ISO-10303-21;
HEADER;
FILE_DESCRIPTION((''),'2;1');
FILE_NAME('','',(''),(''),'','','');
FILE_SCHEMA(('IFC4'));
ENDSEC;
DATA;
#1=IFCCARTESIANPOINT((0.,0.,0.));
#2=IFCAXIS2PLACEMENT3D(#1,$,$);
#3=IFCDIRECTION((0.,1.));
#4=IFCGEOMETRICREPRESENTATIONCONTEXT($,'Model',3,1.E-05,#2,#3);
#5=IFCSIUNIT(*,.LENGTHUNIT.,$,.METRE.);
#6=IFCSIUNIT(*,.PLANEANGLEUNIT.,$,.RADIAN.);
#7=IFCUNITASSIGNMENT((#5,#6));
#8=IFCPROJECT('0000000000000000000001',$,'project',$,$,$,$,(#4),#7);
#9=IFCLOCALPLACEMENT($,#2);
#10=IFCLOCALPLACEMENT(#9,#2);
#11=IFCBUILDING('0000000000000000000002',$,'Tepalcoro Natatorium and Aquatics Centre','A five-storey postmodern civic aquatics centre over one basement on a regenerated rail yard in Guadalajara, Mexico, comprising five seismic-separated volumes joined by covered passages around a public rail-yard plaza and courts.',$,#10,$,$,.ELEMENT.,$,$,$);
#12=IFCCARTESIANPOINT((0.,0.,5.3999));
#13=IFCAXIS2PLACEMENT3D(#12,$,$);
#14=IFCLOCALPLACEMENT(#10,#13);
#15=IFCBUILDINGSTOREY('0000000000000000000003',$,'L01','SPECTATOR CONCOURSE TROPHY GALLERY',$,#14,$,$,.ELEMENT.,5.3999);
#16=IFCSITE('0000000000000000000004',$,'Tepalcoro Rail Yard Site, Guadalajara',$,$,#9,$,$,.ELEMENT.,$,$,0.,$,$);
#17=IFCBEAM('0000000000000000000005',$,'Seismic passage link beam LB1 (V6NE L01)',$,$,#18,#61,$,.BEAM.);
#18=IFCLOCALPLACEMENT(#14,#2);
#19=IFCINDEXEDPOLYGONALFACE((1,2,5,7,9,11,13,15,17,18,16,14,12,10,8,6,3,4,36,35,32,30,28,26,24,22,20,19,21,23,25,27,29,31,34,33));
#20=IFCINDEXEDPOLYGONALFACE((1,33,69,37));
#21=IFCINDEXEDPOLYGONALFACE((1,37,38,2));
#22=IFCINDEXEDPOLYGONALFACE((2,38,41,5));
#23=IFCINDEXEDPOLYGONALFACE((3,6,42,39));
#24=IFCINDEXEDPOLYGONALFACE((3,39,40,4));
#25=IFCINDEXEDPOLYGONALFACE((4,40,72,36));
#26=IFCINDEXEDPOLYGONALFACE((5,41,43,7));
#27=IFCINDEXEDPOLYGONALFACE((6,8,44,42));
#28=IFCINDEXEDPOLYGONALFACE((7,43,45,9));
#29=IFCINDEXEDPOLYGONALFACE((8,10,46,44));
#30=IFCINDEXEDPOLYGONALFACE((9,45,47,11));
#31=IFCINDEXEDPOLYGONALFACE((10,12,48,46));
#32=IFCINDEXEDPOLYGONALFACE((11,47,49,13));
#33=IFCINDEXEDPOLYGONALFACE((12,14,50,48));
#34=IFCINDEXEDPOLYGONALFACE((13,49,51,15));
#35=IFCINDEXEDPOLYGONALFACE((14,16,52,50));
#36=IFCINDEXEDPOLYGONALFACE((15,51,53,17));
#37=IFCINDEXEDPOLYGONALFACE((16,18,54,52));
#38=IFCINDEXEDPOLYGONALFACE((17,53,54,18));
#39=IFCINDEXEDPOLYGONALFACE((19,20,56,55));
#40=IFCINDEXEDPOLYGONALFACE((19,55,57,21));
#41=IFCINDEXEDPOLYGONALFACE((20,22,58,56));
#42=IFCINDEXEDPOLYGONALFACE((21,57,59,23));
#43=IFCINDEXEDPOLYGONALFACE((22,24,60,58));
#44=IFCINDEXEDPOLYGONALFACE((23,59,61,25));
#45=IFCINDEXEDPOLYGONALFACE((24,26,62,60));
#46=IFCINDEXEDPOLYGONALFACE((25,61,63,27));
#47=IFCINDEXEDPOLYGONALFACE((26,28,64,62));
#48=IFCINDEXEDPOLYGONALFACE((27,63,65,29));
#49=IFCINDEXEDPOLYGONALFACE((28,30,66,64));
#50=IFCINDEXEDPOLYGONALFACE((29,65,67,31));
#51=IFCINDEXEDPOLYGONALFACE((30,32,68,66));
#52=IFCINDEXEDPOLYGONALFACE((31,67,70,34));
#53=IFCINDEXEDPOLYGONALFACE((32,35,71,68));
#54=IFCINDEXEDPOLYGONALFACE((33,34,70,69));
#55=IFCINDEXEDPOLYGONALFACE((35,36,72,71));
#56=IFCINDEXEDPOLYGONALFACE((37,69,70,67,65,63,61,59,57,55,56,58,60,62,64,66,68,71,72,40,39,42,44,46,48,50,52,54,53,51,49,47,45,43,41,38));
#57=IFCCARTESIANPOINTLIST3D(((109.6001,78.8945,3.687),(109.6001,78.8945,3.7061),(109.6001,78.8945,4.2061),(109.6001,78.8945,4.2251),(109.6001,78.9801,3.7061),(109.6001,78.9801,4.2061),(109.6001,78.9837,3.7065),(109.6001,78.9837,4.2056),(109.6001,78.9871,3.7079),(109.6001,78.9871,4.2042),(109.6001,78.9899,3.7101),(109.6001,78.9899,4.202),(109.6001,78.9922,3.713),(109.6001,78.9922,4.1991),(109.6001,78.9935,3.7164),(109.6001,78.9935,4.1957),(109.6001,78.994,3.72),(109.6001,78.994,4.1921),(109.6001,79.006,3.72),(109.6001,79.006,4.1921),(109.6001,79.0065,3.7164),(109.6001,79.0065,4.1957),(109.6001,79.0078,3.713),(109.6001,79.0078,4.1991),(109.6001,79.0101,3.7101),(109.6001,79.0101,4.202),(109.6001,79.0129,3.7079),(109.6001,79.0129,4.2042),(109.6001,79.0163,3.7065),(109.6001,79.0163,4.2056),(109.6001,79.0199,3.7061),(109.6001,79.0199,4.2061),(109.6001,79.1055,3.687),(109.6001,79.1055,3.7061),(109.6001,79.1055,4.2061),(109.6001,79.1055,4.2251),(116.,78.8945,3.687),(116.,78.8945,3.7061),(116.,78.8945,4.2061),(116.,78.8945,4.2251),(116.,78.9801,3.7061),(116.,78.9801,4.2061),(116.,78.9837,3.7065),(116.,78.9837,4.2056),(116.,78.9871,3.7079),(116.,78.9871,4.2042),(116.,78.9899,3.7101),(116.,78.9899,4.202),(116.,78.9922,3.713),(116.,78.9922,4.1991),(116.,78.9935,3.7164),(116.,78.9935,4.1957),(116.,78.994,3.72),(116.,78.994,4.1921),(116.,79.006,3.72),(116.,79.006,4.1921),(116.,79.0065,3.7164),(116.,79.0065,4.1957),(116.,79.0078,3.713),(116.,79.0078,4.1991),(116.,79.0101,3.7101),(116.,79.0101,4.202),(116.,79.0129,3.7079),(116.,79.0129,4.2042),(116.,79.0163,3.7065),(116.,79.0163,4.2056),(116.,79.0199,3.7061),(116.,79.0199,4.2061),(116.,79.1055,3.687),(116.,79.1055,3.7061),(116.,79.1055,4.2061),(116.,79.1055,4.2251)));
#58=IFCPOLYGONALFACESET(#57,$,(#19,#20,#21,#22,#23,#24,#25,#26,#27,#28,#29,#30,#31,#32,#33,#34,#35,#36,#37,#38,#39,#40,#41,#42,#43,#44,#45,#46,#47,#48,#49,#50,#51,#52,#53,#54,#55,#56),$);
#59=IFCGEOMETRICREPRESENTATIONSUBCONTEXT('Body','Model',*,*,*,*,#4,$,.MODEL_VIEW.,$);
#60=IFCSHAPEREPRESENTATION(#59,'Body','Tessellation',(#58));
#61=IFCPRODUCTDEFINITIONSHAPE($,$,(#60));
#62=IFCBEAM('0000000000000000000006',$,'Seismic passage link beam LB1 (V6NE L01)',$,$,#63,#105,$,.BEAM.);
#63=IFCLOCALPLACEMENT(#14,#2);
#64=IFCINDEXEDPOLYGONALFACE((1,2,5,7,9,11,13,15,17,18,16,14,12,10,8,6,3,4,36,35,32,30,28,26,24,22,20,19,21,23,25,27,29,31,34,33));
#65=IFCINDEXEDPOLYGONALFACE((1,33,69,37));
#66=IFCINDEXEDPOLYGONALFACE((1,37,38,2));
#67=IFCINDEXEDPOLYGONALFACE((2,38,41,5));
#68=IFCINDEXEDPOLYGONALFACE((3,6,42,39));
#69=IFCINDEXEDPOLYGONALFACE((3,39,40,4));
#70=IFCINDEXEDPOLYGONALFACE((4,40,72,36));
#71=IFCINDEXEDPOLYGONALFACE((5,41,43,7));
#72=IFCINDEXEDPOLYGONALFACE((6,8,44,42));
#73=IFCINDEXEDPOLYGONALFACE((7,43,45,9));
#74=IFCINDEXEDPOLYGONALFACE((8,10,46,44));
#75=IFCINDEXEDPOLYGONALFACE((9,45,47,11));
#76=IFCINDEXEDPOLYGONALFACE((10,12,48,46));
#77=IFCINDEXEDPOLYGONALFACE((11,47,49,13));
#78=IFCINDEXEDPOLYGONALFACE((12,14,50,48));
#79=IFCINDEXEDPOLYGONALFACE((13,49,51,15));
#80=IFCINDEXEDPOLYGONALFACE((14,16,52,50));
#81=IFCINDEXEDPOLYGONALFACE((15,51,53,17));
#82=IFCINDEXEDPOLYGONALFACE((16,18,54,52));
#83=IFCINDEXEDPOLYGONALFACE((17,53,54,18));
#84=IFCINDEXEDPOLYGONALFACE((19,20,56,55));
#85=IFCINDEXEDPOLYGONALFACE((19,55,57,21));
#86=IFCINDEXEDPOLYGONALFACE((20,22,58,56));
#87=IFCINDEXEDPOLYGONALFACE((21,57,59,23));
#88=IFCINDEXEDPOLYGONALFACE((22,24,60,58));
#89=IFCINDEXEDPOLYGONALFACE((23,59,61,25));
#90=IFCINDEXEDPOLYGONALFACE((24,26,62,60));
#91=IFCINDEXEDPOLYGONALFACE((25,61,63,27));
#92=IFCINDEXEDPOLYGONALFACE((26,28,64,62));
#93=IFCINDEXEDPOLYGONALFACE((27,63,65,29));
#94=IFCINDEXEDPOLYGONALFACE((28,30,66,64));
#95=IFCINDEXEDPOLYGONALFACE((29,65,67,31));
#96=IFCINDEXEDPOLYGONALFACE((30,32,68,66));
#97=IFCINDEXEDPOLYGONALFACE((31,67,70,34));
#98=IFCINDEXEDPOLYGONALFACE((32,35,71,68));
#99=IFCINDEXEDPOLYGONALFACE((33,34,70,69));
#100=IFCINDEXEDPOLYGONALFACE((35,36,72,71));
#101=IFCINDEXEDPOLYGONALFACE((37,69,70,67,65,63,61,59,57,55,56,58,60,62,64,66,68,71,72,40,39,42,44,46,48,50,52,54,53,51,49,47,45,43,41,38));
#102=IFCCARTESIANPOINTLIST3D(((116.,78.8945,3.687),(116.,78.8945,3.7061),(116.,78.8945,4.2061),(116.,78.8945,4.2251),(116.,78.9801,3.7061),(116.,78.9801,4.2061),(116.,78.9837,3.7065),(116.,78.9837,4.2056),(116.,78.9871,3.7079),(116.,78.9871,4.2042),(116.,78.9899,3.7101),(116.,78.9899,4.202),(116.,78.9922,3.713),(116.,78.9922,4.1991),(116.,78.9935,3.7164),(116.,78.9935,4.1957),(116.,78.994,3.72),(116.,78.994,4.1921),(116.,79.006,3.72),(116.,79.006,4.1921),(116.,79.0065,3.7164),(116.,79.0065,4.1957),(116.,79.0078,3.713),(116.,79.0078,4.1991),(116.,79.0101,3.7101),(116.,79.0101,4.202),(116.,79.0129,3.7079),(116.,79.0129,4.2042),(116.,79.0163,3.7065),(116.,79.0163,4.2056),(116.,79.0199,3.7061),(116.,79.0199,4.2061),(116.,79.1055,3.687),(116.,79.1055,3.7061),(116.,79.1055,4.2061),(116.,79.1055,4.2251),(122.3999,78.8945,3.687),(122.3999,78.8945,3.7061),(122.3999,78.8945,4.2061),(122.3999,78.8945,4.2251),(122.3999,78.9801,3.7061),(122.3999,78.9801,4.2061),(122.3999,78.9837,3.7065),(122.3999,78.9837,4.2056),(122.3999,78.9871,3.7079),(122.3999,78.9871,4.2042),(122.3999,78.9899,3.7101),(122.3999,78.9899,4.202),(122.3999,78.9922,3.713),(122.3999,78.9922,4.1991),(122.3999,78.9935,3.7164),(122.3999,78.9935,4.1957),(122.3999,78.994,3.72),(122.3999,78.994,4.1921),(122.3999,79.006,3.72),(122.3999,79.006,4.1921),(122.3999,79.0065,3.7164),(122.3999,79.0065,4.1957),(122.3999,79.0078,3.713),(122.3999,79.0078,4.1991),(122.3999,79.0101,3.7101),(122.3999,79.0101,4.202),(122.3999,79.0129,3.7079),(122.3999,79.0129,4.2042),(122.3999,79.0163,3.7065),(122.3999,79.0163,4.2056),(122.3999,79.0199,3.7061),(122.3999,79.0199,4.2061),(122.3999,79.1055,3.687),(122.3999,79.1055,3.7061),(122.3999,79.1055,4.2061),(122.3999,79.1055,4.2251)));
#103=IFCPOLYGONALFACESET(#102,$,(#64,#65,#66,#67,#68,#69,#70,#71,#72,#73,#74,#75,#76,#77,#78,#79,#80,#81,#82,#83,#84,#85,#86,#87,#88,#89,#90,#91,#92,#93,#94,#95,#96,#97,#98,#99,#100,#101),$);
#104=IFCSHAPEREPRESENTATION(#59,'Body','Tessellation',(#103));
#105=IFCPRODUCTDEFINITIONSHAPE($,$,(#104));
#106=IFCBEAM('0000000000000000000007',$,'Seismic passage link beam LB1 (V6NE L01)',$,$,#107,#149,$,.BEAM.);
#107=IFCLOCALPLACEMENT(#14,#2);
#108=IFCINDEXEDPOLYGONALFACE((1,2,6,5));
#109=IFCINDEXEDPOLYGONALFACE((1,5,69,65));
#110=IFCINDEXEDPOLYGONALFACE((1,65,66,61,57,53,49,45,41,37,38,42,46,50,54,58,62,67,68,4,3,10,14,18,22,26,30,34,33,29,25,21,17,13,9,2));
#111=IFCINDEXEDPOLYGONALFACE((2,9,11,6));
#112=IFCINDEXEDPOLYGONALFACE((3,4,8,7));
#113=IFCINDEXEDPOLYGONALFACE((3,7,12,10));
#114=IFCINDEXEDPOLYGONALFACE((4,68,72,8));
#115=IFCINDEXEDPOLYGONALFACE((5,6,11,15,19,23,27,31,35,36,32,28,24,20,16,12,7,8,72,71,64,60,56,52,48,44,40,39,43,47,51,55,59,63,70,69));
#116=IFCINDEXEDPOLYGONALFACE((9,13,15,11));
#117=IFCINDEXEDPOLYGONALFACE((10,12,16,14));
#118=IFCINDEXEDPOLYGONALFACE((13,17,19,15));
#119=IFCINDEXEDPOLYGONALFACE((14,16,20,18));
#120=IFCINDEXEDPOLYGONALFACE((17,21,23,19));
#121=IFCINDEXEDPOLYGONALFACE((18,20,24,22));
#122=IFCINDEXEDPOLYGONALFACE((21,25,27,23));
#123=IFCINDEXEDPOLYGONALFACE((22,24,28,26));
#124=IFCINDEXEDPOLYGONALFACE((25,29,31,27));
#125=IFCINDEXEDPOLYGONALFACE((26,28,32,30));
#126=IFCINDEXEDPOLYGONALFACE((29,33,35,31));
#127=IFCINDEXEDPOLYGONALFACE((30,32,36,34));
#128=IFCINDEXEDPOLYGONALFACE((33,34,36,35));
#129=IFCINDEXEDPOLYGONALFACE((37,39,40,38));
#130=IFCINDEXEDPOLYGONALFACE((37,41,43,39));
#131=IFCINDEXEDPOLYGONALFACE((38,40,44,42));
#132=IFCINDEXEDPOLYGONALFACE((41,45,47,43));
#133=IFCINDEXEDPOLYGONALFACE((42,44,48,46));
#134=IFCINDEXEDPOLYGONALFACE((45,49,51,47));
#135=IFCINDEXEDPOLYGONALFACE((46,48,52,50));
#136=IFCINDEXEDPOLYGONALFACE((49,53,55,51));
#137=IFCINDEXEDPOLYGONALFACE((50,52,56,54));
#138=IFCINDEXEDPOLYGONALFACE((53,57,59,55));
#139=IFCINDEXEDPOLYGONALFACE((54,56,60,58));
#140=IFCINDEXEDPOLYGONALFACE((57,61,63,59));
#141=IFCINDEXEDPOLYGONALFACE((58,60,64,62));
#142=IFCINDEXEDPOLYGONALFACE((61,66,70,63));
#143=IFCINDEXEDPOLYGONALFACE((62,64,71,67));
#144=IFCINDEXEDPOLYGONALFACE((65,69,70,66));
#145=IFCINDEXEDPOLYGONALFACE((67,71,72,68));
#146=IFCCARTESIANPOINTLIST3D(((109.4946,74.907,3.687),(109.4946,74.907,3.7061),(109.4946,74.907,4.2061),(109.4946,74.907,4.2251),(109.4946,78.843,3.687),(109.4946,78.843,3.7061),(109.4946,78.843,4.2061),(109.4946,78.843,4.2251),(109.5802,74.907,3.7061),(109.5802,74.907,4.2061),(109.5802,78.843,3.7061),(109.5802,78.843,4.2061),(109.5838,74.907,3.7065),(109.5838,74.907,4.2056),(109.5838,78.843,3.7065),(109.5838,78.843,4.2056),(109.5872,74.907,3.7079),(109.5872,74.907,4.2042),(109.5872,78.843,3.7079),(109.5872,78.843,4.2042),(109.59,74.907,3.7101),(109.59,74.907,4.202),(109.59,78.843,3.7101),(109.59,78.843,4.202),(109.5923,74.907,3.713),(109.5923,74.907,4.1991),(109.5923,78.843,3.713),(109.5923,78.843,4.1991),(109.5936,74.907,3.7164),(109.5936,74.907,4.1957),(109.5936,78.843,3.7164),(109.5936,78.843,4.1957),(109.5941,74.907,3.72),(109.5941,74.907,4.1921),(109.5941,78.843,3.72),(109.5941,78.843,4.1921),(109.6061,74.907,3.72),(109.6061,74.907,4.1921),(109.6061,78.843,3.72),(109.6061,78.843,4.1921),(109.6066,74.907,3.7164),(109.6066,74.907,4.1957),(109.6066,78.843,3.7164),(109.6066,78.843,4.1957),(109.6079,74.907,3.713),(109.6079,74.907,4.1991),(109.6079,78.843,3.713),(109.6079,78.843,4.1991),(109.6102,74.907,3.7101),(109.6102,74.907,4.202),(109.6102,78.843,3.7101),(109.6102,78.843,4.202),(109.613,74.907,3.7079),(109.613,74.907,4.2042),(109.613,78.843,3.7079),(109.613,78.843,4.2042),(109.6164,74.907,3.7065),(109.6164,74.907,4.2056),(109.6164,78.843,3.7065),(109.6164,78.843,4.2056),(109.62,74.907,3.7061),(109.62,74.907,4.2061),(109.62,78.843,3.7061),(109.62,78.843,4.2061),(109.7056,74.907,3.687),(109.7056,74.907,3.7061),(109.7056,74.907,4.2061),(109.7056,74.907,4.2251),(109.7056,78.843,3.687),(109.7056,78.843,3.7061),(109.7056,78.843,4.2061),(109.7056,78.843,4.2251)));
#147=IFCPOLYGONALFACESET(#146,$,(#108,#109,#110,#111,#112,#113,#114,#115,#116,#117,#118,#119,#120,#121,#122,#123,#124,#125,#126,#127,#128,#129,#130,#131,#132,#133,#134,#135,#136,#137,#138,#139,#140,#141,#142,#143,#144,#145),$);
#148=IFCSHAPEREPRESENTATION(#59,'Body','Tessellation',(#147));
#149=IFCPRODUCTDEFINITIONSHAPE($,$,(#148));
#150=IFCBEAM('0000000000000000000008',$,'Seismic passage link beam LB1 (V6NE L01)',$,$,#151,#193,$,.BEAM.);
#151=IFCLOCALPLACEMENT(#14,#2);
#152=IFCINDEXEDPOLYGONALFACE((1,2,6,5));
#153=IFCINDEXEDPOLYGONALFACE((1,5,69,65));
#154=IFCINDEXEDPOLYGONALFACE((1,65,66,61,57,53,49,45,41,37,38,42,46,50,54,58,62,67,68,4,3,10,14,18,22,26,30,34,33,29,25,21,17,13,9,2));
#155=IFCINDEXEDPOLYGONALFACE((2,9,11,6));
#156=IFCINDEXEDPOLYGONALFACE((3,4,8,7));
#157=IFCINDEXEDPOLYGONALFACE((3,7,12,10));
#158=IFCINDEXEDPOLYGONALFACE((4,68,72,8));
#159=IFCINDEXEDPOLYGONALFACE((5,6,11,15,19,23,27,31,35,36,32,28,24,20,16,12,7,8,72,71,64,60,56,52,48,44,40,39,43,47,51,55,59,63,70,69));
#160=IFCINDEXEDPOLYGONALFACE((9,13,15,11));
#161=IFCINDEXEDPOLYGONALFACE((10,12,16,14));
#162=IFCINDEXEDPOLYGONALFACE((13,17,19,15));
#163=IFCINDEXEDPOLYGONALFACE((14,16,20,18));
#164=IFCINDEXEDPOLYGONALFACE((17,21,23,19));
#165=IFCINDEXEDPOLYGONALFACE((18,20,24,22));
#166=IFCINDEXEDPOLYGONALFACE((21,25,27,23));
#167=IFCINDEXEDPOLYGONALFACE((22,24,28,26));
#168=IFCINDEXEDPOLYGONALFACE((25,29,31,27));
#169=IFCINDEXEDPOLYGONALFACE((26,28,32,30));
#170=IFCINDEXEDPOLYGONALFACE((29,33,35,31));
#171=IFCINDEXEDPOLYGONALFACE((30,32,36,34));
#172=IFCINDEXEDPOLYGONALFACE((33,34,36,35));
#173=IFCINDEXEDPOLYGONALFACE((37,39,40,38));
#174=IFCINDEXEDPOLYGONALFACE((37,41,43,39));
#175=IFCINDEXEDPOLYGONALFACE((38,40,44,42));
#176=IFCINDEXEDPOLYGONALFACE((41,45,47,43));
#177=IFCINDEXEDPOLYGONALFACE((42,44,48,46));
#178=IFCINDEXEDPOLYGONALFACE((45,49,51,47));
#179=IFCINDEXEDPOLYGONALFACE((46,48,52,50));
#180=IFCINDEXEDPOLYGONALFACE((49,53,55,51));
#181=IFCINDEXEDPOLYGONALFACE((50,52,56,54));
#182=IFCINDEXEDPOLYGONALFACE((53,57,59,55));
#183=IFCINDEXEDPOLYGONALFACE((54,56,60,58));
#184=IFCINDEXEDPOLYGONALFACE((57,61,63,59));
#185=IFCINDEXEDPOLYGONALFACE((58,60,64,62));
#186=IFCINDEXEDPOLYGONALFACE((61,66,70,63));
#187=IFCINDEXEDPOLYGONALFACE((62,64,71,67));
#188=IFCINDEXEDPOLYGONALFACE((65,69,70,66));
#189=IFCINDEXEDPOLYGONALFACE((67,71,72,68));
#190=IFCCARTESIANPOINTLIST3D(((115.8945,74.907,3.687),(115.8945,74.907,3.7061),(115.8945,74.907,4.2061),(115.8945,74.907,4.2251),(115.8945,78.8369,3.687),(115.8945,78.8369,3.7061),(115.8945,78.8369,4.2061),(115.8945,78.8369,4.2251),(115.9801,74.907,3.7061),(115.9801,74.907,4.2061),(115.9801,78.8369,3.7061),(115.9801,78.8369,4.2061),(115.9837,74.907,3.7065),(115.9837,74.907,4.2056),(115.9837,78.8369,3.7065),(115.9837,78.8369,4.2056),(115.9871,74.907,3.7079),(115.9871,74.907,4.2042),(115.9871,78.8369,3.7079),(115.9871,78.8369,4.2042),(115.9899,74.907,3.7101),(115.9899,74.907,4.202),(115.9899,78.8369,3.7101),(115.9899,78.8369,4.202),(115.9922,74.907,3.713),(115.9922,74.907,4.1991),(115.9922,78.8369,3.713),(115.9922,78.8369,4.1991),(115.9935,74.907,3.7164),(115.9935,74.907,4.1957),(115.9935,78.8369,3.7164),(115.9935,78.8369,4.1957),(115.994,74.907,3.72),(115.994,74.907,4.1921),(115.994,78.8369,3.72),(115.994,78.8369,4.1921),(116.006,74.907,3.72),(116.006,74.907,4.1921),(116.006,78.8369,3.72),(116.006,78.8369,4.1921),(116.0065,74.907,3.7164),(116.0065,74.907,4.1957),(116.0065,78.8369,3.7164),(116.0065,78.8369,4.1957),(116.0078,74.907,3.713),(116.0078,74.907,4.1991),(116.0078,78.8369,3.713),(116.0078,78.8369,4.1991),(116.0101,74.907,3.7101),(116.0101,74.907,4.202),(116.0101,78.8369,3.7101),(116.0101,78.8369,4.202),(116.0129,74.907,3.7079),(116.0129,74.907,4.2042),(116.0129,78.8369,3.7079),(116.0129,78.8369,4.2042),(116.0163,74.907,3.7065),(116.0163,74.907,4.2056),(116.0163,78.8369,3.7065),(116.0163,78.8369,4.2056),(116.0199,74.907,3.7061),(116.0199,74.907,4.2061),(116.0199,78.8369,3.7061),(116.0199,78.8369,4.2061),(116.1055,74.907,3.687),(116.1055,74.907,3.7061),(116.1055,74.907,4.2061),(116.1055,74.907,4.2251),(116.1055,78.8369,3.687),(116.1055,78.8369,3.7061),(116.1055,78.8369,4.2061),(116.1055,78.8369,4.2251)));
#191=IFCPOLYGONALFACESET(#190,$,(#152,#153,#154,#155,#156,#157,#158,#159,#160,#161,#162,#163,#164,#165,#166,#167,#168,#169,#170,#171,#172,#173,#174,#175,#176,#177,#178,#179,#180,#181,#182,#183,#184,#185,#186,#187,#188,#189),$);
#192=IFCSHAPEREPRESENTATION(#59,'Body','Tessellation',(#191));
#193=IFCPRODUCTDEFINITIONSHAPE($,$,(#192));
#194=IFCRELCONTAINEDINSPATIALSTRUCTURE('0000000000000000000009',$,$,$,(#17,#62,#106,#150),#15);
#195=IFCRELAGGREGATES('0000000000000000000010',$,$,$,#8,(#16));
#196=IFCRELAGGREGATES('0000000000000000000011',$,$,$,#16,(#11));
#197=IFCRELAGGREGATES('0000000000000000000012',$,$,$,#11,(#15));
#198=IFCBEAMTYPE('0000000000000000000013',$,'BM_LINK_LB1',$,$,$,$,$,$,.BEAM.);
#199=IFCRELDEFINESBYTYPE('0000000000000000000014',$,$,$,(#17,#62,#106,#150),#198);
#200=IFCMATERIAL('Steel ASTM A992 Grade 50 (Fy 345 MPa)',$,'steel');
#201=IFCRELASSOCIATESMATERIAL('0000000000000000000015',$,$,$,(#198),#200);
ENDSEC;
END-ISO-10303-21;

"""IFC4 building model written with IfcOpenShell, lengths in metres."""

from ifc_helpers import new_model, si_unit, direction, frame, origin, origin_2d, place, context, subcontext, project, spatial, i_section, extrude, material, material_profile, profile_set, type_object, element, save


model = new_model("IFC4")

# Units and contexts
model_context = context("Model", 3, precision=1e-05, world=origin(), true_north=direction((0.0, 1.0)))
body_context = subcontext(model_context, "Body", "Model", "MODEL_VIEW")
ifc_project = project(units=[si_unit("LENGTHUNIT", "METRE"), si_unit("PLANEANGLEUNIT", "RADIAN")], contexts=[model_context])

# Site, building, storey
site_placement = place(None, origin())
site = spatial("IfcSite", under=ifc_project, at=site_placement, Name="Tepalcoro Rail Yard Site, Guadalajara", CompositionType="ELEMENT", RefElevation=0.0)
building_placement = place(site_placement, origin())
building = spatial("IfcBuilding", under=site, at=building_placement, Name="Tepalcoro Natatorium and Aquatics Centre", Description="A five-storey postmodern civic aquatics centre over one basement on a regenerated rail yard in Guadalajara, Mexico, comprising five seismic-separated volumes joined by covered passages around a public rail-yard plaza and courts.", CompositionType="ELEMENT")
storey_placement = place(building_placement, frame((0.0, 0.0, 5.3999)))
storey = spatial("IfcBuildingStorey", under=building, at=storey_placement, Name="L01", Description="SPECTATOR CONCOURSE TROPHY GALLERY", CompositionType="ELEMENT", Elevation=5.3999)

# Shared definitions
ifc_material_1 = material(Name="Steel ASTM A992 Grade 50 (Fy 345 MPa)", Category="steel")

# Beams
ifc_material_profile_1 = material_profile(ifc_material_1, i_section(OverallWidth=0.2109, OverallDepth=0.5381, WebThickness=0.012, FlangeThickness=0.019, FilletRadius=0.0139, at=origin_2d()), Name="W21X73")
ifc_profile_set_1 = profile_set([ifc_material_profile_1], Name="Steel ASTM A992 Grade 50 (Fy 345 MPa)")
beam_type = type_object("IfcBeamType", Name="BM_LINK_LB1", PredefinedType="BEAM", material=ifc_profile_set_1)
for number, where, z_axis, x_axis, name in (
    (1, (109.6001, 79.0, 3.9561), (1.0, 0.0, 0.0), (0.0, 1.0, 0.0), "Seismic passage link beam LB1 (V6NE L01)"),
    (2, (116.0, 79.0, 3.9561), (1.0, 0.0, 0.0), (0.0, 1.0, 0.0), "Seismic passage link beam LB1 (V6NE L01)"),
):
    element("IfcBeam", number, at=place(storey_placement, frame(where, z_axis=z_axis, x_axis=x_axis)), inside=storey, type_object=beam_type, Name=name, PredefinedType="BEAM", context=body_context, shape_type="SweptSolid", body=[
        extrude(i_section(OverallWidth=0.2109, OverallDepth=0.5381, WebThickness=0.012, FlangeThickness=0.019, FilletRadius=0.0139, at=origin_2d()), origin(), (0.0, 0.0, 1.0), 6.3999),
    ])
beam_1_placement = place(storey_placement, frame((109.6001, 74.907, 3.9561), z_axis=(0.0, 1.0, 0.0), x_axis=(-1.0, 0.0, 0.0)))
element("IfcBeam", 3, at=beam_1_placement, inside=storey, type_object=beam_type, Name="Seismic passage link beam LB1 (V6NE L01)", PredefinedType="BEAM", context=body_context, shape_type="SweptSolid", body=[
    extrude(i_section(OverallWidth=0.2109, OverallDepth=0.5381, WebThickness=0.012, FlangeThickness=0.019, FilletRadius=0.0139, at=origin_2d()), origin(), (0.0, 0.0, 1.0), 3.936),
])
beam_2_placement = place(storey_placement, frame((116.0, 74.907, 3.9561), z_axis=(0.0, 1.0, 0.0), x_axis=(-1.0, 0.0, 0.0)))
element("IfcBeam", 4, at=beam_2_placement, inside=storey, type_object=beam_type, Name="Seismic passage link beam LB1 (V6NE L01)", PredefinedType="BEAM", context=body_context, shape_type="SweptSolid", body=[
    extrude(i_section(OverallWidth=0.2109, OverallDepth=0.5381, WebThickness=0.012, FlangeThickness=0.019, FilletRadius=0.0139, at=origin_2d()), origin(), (0.0, 0.0, 1.0), 3.9299),
])

save(model, "model.ifc")
